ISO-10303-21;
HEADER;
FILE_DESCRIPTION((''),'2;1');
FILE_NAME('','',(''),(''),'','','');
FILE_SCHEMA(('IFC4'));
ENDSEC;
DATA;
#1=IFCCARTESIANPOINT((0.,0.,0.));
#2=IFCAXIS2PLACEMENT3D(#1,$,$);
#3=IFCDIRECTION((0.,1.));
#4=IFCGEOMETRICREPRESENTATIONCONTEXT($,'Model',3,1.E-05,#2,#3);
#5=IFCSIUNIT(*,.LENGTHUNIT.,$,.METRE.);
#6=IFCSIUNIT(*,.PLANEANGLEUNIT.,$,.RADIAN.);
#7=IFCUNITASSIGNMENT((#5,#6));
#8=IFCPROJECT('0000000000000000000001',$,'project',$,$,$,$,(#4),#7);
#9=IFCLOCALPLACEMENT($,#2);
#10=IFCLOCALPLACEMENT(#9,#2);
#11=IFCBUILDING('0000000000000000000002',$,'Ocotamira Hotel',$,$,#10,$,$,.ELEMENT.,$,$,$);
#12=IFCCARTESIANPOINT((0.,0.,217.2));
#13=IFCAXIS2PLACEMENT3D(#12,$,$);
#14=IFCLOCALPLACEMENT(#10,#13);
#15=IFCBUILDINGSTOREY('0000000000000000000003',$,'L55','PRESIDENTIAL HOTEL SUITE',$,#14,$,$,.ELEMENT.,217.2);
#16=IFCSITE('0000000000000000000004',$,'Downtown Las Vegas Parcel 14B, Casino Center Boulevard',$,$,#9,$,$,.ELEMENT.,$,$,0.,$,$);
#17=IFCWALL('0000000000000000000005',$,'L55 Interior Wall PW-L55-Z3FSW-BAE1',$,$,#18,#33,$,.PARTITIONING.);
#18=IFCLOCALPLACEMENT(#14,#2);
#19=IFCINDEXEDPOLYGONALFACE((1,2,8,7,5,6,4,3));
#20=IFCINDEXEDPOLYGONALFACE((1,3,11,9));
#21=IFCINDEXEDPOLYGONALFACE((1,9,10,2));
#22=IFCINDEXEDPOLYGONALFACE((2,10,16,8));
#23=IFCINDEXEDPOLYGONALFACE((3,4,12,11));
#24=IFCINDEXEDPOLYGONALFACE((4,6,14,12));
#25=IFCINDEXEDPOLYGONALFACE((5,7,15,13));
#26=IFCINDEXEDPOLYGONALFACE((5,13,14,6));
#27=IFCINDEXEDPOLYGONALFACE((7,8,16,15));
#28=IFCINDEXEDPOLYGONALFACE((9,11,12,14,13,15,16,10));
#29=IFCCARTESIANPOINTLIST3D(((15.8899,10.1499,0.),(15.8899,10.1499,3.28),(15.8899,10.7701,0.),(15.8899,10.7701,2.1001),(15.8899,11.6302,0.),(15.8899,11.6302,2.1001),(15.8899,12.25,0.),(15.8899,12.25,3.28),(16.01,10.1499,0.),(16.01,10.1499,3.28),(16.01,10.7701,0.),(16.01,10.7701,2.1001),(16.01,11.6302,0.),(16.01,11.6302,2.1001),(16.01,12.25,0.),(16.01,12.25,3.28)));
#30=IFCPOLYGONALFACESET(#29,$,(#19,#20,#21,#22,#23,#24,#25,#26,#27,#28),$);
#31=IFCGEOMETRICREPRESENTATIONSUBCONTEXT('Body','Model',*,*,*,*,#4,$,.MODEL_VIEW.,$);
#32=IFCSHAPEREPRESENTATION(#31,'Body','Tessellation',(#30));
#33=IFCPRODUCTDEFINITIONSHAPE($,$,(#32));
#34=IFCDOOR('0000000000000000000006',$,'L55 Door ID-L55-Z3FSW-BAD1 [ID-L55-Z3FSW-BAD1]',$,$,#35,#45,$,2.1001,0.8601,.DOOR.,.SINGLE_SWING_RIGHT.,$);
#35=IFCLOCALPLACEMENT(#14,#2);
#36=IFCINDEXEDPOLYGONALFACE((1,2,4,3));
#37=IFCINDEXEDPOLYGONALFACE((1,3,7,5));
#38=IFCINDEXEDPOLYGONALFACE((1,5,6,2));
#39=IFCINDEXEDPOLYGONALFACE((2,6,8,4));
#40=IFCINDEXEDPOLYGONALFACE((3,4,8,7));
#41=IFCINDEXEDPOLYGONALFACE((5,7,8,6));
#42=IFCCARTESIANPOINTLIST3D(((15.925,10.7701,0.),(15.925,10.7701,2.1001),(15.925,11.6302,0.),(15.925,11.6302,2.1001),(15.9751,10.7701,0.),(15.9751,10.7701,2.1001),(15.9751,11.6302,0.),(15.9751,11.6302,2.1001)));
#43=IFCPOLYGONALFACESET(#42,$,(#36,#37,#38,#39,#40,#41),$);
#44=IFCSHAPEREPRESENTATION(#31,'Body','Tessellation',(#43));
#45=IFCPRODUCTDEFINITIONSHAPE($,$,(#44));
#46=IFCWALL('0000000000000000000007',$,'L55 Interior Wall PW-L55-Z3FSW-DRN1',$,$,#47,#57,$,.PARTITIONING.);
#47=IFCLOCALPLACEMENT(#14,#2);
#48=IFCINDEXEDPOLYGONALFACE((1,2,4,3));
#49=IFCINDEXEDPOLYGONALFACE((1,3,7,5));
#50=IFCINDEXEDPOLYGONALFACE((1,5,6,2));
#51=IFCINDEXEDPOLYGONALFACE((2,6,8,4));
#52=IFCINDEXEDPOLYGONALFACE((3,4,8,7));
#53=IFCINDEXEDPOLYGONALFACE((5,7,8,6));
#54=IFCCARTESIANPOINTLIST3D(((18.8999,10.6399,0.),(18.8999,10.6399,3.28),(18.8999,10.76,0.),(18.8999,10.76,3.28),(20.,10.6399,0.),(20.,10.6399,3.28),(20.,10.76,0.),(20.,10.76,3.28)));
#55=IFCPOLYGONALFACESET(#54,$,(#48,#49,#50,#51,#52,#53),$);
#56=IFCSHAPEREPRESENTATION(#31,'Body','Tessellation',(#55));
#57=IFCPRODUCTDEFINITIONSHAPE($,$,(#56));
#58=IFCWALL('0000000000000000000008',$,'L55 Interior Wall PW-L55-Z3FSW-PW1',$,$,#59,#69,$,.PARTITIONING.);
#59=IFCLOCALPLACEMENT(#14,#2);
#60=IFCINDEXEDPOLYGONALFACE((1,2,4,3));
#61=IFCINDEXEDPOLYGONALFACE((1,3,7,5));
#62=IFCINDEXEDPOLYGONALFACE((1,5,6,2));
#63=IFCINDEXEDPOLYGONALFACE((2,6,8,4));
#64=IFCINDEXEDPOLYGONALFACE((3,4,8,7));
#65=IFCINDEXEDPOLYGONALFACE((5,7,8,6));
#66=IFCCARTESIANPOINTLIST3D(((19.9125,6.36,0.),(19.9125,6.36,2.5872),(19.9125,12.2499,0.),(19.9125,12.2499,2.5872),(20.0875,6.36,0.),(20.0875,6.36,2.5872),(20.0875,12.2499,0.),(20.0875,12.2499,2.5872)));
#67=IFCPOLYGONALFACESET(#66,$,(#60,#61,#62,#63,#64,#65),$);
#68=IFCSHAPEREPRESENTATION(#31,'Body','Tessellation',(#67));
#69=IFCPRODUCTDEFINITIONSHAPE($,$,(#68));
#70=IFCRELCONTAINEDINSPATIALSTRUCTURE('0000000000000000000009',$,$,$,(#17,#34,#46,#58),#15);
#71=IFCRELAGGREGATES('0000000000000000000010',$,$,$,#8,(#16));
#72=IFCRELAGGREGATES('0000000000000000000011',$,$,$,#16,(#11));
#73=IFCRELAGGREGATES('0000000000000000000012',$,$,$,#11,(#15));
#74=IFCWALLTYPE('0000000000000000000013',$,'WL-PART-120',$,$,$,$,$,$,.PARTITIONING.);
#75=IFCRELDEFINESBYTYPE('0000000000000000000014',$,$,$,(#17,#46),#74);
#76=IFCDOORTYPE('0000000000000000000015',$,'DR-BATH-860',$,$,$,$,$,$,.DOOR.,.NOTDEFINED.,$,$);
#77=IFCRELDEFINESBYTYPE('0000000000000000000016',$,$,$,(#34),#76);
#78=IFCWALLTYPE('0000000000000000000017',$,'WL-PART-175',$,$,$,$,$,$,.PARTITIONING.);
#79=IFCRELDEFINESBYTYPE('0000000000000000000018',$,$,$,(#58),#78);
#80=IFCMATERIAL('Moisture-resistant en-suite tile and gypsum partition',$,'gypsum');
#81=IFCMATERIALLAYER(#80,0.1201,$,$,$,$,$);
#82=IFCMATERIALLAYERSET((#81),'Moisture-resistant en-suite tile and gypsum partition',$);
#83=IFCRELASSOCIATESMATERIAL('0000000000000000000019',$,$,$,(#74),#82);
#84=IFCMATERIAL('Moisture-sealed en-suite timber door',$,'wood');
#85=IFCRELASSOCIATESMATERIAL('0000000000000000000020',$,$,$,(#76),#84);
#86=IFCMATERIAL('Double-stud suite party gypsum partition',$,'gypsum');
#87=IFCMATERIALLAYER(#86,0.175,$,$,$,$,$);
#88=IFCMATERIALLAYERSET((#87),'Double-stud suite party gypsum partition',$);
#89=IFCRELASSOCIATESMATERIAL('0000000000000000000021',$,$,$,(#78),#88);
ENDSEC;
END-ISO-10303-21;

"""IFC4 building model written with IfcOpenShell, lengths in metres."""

from ifc_helpers import new_model, si_unit, direction, frame, frame_2d, origin, place, context, subcontext, project, spatial, rectangle, extrude, source, transform, mapped, material, layer, layer_set, type_object, element, fill, save


model = new_model("IFC4")

# Units and contexts
model_context = context("Model", 3, precision=1e-05, world=origin(), true_north=direction((0.0, 1.0)))
body_context = subcontext(model_context, "Body", "Model", "MODEL_VIEW")
ifc_project = project(units=[si_unit("LENGTHUNIT", "METRE"), si_unit("PLANEANGLEUNIT", "RADIAN")], contexts=[model_context])

# Site, building, storey
site_placement = place(None, origin())
site = spatial("IfcSite", under=ifc_project, at=site_placement, Name="Downtown Las Vegas Parcel 14B, Casino Center Boulevard", CompositionType="ELEMENT", RefElevation=0.0)
building_placement = place(site_placement, origin())
building = spatial("IfcBuilding", under=site, at=building_placement, Name="Ocotamira Hotel", CompositionType="ELEMENT")
storey_placement = place(building_placement, frame((0.0, 0.0, 217.2)))
storey = spatial("IfcBuildingStorey", under=building, at=storey_placement, Name="L55", Description="PRESIDENTIAL HOTEL SUITE", CompositionType="ELEMENT", Elevation=217.2)

# Wall, opening, door
ifc_material_1 = material(Name="Moisture-resistant en-suite tile and gypsum partition", Category="gypsum")
ifc_layer_1 = layer(ifc_material_1, 0.1201)
ifc_layer_set_1 = layer_set([ifc_layer_1], Name="Moisture-resistant en-suite tile and gypsum partition")
wall_type_1 = type_object("IfcWallType", Name="WL-PART-120", PredefinedType="PARTITIONING", material=ifc_layer_set_1)
wall_1_placement = place(storey_placement, frame((15.95, 10.1499, 0.0), z_axis=(0.0, 0.0, 1.0), x_axis=(0.0, 1.0, 0.0)))
wall_1 = element("IfcWall", 1, at=wall_1_placement, inside=storey, type_object=wall_type_1, Name="L55 Interior Wall PW-L55-Z3FSW-BAE1", PredefinedType="PARTITIONING", context=body_context, shape_type="SweptSolid", body=[
    extrude(rectangle(XDim=2.1001, YDim=0.1201, at=frame_2d((1.05, 0.0))), origin(), (0.0, 0.0, 1.0), 3.28),
])
opening_placement = place(wall_1_placement, frame((0.6201, 0.0, 0.0)))
opening = element("IfcOpeningElement", 2, at=opening_placement, cuts=wall_1, PredefinedType="OPENING", context=body_context, shape_type="SweptSolid", body=[
    extrude(rectangle(XDim=0.8601, YDim=2.1001, at=frame_2d((0.4302, 1.05))), frame((0.0, 0.0701, 0.0), z_axis=(0.0, -1.0, 0.0), x_axis=(1.0, 0.0, 0.0)), (0.0, 0.0, 1.0), 0.1401),
])
ifc_material_2 = material(Name="Moisture-sealed en-suite timber door", Category="wood")
door_type = type_object("IfcDoorType", Name="DR-BATH-860", OperationType="NOTDEFINED", PredefinedType="DOOR", material=ifc_material_2)
shared_shape_1 = source(origin(), body_context, "Body", "SweptSolid", [
    extrude(rectangle(XDim=0.8601, YDim=2.1001, at=frame_2d((0.4302, 1.05))), frame((0.0, 0.0249, 0.0), z_axis=(0.0, -1.0, 0.0), x_axis=(1.0, 0.0, 0.0)), (0.0, 0.0, 1.0), 0.05),
])
door_placement = place(opening_placement, origin())
door = element("IfcDoor", 3, at=door_placement, inside=storey, type_object=door_type, Name="L55 Door ID-L55-Z3FSW-BAD1 [ID-L55-Z3FSW-BAD1]", OperationType="SINGLE_SWING_RIGHT", OverallHeight=2.1001, OverallWidth=0.8601, PredefinedType="DOOR", context=body_context, shape_type="MappedRepresentation", body=[
    mapped(shared_shape_1, transform((0.0, 0.0, 0.0), scale=1.0)),
])
fill(opening, door)

# Walls
wall_2_placement = place(storey_placement, frame((18.8999, 10.7, 0.0), z_axis=(0.0, 0.0, 1.0), x_axis=(1.0, 0.0, 0.0)))
element("IfcWall", 4, at=wall_2_placement, inside=storey, type_object=wall_type_1, Name="L55 Interior Wall PW-L55-Z3FSW-DRN1", PredefinedType="PARTITIONING", context=body_context, shape_type="SweptSolid", body=[
    extrude(rectangle(XDim=1.1001, YDim=0.1201, at=frame_2d((0.55, 0.0))), origin(), (0.0, 0.0, 1.0), 3.28),
])
ifc_material_3 = material(Name="Double-stud suite party gypsum partition", Category="gypsum")
ifc_layer_2 = layer(ifc_material_3, 0.175)
ifc_layer_set_2 = layer_set([ifc_layer_2], Name="Double-stud suite party gypsum partition")
wall_type_2 = type_object("IfcWallType", Name="WL-PART-175", PredefinedType="PARTITIONING", material=ifc_layer_set_2)
wall_3_placement = place(storey_placement, frame((20.0, 6.3601, 0.0), z_axis=(0.0, 0.0, 1.0), x_axis=(0.0, 1.0, 0.0)))
element("IfcWall", 5, at=wall_3_placement, inside=storey, type_object=wall_type_2, Name="L55 Interior Wall PW-L55-Z3FSW-PW1", PredefinedType="PARTITIONING", context=body_context, shape_type="SweptSolid", body=[
    extrude(rectangle(XDim=5.8899, YDim=0.175, at=frame_2d((2.9448, 0.0))), origin(), (0.0, 0.0, 1.0), 2.5872),
])

save(model, "model.ifc")
